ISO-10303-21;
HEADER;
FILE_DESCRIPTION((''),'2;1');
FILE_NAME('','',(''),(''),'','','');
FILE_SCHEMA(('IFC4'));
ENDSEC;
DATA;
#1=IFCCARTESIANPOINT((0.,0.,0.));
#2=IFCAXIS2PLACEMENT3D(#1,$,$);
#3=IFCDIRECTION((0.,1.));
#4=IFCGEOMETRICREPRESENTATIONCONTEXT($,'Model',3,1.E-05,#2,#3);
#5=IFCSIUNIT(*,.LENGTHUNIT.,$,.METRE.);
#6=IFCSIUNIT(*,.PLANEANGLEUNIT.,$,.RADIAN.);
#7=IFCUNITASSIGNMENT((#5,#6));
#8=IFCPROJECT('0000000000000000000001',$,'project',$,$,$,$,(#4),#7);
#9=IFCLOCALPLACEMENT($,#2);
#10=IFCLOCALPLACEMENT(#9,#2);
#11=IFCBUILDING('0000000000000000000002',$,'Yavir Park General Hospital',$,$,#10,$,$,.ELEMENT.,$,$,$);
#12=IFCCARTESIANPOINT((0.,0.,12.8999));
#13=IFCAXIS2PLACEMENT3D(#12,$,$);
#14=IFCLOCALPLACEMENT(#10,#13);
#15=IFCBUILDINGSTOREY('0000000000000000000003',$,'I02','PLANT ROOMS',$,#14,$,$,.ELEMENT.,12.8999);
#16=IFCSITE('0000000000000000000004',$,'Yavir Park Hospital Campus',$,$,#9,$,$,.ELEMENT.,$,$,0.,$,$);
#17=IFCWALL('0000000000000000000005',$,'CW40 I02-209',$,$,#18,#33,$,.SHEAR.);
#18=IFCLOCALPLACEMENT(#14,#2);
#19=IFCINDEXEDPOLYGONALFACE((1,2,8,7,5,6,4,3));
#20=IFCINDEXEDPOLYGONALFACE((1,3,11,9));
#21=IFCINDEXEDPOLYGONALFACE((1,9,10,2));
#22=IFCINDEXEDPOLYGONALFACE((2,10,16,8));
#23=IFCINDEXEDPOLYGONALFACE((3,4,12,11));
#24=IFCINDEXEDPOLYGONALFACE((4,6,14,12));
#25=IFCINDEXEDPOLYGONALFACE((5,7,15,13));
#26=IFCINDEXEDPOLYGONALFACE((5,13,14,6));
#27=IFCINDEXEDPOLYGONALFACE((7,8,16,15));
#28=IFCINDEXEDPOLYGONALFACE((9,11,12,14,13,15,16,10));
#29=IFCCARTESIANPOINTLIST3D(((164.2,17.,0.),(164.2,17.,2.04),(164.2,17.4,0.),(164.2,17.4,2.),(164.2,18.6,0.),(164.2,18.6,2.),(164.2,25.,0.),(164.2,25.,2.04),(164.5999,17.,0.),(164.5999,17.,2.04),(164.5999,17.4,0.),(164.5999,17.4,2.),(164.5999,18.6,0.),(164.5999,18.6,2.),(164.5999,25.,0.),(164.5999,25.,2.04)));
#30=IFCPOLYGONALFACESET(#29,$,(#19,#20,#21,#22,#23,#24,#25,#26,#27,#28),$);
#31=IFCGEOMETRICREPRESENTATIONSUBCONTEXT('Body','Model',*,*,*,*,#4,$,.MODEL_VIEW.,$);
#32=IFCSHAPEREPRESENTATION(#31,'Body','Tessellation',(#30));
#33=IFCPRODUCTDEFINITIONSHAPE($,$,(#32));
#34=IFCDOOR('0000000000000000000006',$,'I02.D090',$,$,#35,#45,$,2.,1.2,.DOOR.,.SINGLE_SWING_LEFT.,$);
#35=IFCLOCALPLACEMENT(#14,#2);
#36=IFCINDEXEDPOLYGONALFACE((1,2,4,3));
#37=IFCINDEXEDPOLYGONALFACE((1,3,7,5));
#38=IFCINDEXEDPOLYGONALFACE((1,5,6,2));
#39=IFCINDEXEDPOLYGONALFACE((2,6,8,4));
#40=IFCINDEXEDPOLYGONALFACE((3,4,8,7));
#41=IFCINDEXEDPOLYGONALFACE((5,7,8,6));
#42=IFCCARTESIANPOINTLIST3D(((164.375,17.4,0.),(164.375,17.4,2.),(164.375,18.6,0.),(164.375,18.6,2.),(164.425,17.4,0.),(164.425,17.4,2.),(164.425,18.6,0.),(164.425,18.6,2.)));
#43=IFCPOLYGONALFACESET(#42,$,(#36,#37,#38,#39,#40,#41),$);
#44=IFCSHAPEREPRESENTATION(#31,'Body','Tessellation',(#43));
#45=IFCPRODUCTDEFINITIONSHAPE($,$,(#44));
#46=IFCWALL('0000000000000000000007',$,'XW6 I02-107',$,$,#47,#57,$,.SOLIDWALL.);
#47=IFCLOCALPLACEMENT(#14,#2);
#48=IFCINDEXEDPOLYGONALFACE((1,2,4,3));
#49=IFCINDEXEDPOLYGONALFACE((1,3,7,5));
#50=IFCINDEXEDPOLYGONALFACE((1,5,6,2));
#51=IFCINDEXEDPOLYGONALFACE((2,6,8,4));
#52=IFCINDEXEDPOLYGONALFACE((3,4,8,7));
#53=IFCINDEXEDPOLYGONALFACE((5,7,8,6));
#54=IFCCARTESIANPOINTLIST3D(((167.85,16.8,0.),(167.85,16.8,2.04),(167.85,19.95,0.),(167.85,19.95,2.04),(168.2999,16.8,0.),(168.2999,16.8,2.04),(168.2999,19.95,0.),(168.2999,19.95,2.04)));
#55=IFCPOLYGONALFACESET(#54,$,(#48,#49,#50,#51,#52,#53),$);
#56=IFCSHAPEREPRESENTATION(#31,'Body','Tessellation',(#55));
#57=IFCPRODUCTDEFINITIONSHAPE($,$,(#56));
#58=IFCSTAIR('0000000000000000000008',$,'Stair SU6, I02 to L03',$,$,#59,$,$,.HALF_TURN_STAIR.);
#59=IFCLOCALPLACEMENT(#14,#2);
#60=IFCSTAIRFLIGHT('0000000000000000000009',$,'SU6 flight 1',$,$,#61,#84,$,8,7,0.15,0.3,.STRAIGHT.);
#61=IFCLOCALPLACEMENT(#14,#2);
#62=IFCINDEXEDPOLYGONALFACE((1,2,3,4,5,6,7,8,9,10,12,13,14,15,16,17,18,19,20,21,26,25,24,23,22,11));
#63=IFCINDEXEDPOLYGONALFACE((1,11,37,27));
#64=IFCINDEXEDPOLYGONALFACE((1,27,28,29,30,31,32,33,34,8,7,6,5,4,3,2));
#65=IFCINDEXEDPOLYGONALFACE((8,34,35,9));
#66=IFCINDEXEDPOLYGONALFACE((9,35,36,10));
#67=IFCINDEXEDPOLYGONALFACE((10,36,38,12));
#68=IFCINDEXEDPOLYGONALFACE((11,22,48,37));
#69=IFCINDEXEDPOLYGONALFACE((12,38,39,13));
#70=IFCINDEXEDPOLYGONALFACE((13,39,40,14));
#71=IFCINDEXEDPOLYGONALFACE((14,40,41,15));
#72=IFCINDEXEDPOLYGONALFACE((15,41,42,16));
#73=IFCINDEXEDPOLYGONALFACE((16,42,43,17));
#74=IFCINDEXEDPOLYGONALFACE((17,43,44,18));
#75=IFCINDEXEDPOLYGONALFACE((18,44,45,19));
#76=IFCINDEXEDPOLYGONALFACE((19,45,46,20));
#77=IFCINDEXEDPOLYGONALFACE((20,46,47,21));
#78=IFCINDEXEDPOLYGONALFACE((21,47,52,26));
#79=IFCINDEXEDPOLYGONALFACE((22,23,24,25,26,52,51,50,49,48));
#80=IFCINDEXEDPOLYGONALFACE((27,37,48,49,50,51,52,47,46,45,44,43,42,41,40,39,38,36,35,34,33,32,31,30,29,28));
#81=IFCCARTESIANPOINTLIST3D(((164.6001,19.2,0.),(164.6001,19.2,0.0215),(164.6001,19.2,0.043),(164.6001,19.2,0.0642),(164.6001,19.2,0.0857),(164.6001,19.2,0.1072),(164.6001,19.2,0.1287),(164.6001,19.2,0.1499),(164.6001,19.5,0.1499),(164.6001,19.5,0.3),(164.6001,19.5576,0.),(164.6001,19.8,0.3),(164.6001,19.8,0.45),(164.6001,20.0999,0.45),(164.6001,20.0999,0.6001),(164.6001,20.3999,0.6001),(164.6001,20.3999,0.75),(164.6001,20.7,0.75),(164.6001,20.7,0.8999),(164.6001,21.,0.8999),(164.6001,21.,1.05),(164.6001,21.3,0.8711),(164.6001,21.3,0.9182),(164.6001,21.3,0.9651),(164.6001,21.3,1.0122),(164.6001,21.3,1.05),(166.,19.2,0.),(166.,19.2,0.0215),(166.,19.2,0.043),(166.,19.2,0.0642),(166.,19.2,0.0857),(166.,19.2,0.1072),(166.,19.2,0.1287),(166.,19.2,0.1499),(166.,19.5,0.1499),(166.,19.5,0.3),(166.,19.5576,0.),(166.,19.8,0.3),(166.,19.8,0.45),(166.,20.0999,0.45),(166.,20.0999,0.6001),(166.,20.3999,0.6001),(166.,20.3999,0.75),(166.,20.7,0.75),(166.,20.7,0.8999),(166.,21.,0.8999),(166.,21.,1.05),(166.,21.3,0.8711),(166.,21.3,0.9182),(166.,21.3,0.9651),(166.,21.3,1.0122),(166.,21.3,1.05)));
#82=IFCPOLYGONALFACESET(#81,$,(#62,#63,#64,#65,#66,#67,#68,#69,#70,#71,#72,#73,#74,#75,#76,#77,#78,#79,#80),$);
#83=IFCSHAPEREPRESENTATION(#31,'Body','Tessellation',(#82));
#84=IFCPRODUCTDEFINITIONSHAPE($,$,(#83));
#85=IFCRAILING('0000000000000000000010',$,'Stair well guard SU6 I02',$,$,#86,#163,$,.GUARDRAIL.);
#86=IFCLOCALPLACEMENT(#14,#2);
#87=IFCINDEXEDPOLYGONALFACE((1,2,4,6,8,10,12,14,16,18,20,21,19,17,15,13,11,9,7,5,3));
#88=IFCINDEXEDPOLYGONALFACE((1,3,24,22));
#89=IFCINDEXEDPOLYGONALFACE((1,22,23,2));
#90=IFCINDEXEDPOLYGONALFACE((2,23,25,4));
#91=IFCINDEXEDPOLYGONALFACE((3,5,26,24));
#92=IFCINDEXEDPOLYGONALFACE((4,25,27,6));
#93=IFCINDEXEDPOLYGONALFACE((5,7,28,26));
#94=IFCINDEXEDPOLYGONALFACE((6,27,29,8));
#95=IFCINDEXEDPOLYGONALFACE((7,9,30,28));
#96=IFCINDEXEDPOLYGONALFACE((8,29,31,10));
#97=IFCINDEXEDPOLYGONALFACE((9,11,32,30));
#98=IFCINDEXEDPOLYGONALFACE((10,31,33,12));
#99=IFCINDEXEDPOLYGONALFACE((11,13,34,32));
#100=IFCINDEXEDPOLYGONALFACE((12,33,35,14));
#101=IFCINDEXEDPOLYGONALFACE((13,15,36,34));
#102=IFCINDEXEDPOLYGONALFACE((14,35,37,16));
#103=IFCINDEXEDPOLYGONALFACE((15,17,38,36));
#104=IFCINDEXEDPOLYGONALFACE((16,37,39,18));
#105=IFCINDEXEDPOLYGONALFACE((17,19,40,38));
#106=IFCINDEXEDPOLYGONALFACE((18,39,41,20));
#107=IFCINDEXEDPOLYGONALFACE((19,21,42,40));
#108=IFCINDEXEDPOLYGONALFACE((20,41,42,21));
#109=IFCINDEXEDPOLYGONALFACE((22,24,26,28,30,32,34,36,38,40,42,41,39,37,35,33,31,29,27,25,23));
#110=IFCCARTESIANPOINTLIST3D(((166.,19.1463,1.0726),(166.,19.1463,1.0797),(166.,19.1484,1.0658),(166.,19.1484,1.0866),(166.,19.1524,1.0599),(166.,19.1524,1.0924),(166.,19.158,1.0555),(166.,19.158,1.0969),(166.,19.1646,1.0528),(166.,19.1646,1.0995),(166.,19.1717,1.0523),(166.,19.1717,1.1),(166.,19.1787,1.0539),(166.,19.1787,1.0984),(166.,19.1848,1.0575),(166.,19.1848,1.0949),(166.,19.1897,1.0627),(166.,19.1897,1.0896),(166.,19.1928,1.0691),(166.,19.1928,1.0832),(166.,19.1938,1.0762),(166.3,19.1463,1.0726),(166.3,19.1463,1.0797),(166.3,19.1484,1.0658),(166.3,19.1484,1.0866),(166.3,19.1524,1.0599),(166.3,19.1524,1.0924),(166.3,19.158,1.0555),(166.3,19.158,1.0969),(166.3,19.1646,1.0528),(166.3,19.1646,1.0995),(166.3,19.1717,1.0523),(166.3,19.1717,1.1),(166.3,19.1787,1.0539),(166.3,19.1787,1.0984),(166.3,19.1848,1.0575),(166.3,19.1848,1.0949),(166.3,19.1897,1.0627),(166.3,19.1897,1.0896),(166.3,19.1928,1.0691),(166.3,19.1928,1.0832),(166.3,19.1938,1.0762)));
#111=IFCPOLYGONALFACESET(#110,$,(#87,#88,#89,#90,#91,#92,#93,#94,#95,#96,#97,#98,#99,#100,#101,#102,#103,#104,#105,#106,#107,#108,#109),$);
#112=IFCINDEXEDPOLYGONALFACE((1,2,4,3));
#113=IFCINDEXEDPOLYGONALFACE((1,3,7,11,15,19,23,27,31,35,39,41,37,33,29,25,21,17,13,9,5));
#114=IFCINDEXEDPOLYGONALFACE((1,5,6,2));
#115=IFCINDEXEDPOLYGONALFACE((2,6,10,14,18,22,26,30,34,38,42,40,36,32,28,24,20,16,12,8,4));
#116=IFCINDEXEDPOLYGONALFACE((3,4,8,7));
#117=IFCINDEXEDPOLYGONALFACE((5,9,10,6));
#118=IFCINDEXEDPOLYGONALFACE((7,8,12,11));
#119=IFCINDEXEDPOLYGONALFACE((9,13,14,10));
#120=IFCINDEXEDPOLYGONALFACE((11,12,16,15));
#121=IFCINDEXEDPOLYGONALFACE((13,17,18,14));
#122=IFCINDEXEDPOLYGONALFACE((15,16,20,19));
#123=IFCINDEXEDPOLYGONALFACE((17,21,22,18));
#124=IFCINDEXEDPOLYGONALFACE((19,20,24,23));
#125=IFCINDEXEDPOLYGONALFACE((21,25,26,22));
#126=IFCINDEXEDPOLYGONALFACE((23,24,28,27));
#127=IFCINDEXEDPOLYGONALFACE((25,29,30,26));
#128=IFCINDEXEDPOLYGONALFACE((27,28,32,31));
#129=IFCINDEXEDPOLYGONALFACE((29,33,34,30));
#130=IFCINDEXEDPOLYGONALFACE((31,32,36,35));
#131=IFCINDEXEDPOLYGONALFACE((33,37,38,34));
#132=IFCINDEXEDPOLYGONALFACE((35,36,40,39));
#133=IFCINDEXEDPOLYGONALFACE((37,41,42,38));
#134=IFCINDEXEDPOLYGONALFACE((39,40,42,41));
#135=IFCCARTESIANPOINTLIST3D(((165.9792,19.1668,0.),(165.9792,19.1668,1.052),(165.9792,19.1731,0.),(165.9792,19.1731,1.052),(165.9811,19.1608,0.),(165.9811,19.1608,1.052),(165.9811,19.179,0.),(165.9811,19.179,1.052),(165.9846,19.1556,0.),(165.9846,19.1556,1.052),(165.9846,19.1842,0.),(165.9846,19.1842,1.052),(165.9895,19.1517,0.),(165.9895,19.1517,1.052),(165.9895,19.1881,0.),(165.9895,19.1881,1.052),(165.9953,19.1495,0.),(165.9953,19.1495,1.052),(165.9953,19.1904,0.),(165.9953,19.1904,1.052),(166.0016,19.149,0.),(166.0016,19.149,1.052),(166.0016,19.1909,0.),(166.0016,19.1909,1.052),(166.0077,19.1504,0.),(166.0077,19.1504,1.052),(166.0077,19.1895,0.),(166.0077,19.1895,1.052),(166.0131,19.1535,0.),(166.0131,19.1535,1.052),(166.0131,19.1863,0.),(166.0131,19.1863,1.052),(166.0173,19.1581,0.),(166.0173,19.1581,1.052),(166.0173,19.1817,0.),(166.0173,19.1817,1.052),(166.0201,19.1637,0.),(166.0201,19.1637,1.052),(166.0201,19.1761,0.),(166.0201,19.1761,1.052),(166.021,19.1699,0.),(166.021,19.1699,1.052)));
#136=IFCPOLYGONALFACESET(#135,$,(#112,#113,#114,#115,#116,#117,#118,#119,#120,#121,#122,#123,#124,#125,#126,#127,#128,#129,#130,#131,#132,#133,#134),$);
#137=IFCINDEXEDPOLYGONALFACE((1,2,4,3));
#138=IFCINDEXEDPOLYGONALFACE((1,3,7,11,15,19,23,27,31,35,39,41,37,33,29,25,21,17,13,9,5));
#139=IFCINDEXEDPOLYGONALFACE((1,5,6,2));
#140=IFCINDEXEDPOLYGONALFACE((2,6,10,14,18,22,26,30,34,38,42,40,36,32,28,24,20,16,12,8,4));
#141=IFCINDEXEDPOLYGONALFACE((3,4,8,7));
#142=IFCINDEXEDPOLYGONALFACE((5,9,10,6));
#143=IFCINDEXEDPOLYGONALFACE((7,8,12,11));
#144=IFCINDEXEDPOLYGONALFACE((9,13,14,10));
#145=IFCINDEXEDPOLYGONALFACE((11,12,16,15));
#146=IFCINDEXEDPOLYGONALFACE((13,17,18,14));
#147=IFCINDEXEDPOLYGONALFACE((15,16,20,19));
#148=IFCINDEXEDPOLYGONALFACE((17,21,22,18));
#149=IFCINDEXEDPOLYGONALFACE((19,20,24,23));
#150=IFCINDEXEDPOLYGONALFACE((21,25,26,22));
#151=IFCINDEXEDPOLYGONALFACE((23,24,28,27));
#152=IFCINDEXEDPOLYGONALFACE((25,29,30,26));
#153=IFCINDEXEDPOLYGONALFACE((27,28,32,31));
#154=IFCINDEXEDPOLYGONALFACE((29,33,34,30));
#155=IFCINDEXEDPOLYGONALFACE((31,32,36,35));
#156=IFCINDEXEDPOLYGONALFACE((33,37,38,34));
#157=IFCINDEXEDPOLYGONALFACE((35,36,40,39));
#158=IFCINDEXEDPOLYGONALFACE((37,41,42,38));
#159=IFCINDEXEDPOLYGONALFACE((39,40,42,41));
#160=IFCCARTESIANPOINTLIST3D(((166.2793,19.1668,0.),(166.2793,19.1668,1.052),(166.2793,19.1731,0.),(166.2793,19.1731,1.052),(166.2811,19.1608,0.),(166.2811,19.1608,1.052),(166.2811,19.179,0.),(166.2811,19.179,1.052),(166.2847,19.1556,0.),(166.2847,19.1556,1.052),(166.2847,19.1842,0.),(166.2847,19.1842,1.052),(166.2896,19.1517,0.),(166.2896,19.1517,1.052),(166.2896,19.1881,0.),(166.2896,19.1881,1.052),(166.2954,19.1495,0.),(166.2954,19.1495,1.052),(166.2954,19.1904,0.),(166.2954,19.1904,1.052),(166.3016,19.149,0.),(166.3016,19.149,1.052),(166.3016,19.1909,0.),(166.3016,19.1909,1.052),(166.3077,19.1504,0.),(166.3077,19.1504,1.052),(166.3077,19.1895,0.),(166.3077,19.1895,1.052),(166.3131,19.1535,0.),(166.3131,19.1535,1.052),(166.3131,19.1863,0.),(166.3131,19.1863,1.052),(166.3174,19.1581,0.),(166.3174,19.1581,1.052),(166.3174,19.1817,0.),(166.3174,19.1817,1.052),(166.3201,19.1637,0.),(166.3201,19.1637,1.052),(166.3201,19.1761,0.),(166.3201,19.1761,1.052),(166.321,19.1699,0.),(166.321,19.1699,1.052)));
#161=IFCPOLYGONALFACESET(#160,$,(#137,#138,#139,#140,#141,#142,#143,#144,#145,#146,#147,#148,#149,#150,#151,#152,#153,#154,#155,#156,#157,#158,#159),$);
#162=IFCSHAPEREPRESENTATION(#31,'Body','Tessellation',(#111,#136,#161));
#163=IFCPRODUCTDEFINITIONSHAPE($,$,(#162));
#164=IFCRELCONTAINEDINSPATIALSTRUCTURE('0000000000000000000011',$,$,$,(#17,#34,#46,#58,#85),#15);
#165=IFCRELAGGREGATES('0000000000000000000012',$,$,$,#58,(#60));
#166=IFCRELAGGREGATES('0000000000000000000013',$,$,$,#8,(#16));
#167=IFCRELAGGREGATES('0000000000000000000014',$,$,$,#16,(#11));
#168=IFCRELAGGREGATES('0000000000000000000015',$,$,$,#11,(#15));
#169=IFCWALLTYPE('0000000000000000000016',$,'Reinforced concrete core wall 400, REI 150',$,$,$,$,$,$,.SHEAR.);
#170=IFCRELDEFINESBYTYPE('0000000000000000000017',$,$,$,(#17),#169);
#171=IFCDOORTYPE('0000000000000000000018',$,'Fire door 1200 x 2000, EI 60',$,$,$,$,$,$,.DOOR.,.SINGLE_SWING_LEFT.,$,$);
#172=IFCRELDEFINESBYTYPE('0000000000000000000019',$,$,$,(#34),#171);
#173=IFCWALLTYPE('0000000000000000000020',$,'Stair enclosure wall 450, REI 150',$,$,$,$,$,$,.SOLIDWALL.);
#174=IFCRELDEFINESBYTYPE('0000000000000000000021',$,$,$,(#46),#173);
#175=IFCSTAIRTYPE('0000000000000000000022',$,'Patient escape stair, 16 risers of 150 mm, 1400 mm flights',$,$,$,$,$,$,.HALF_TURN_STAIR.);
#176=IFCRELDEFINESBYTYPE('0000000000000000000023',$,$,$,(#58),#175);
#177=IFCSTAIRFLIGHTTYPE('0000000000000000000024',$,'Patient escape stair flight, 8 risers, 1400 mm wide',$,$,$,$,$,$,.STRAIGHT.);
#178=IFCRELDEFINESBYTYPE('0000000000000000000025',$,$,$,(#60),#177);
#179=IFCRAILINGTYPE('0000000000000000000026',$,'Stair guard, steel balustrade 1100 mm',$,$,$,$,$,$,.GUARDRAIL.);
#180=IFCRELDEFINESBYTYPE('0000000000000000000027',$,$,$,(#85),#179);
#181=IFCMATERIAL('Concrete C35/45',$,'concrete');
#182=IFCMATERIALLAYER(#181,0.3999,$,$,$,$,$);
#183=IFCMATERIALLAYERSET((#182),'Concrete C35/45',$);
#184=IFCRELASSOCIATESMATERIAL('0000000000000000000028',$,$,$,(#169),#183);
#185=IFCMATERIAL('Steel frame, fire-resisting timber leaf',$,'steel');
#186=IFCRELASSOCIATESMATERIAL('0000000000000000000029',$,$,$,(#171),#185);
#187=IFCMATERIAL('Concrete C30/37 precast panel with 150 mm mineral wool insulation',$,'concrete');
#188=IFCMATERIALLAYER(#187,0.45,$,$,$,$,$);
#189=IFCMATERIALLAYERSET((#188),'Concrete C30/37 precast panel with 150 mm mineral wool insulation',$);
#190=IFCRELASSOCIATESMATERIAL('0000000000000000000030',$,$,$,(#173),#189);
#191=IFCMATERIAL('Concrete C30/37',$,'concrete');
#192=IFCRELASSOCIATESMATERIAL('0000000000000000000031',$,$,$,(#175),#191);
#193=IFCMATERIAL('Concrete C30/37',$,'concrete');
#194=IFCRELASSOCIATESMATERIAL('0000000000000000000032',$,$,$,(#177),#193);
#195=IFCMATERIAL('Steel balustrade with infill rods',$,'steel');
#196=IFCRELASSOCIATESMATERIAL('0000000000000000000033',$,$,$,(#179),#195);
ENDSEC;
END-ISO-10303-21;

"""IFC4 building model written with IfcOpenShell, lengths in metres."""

from ifc_helpers import new_model, si_unit, direction, frame, frame_2d, origin, origin_2d, place, context, subcontext, project, spatial, polyline, rectangle, circle, outline, extrude, material, layer, layer_set, type_object, element, fill, aggregate, save


model = new_model("IFC4")

# Units and contexts
model_context = context("Model", 3, precision=1e-05, world=origin(), true_north=direction((0.0, 1.0)))
body_context = subcontext(model_context, "Body", "Model", "MODEL_VIEW")
ifc_project = project(units=[si_unit("LENGTHUNIT", "METRE"), si_unit("PLANEANGLEUNIT", "RADIAN")], contexts=[model_context])

# Site, building, storey
site_placement = place(None, origin())
site = spatial("IfcSite", under=ifc_project, at=site_placement, Name="Yavir Park Hospital Campus", CompositionType="ELEMENT", RefElevation=0.0)
building_placement = place(site_placement, origin())
building = spatial("IfcBuilding", under=site, at=building_placement, Name="Yavir Park General Hospital", CompositionType="ELEMENT")
storey_placement = place(building_placement, frame((0.0, 0.0, 12.8999)))
storey = spatial("IfcBuildingStorey", under=building, at=storey_placement, Name="I02", Description="PLANT ROOMS", CompositionType="ELEMENT", Elevation=12.8999)

# Shared definitions
ifc_material_1 = material(Name="Concrete C35/45", Category="concrete")
ifc_layer_1 = layer(ifc_material_1, 0.3999)
ifc_layer_set_1 = layer_set([ifc_layer_1], Name="Concrete C35/45")
wall_type_1 = type_object("IfcWallType", Name="Reinforced concrete core wall 400, REI 150", PredefinedType="SHEAR", material=ifc_layer_set_1)

# Wall, opening, door
wall_1_placement = place(storey_placement, frame((164.3999, 17.0, 0.0), z_axis=(0.0, 0.0, 1.0), x_axis=(0.0, 1.0, 0.0)))
wall_1 = element("IfcWall", 1, at=wall_1_placement, inside=storey, type_object=wall_type_1, Name="CW40 I02-209", PredefinedType="SHEAR", context=body_context, shape_type="SweptSolid", body=[
    extrude(rectangle(XDim=8.0, YDim=0.3999, at=frame_2d((4.0, 0.0))), origin(), (0.0, 0.0, 1.0), 2.04),
])
opening_1_placement = place(wall_1_placement, frame((0.3999, 0.0, 0.0)))
opening_1 = element("IfcOpeningElement", 2, at=opening_1_placement, cuts=wall_1, PredefinedType="OPENING", context=body_context, shape_type="SweptSolid", body=[
    extrude(rectangle(XDim=1.2, YDim=2.0, at=frame_2d((0.6001, 1.0))), frame((0.0, 0.21, 0.0), z_axis=(0.0, -1.0, 0.0), x_axis=(1.0, 0.0, 0.0)), (0.0, 0.0, 1.0), 0.4199),
])
ifc_material_2 = material(Name="Steel frame, fire-resisting timber leaf", Category="steel")
door_type_1 = type_object("IfcDoorType", Name="Fire door 1200 x 2000, EI 60", OperationType="SINGLE_SWING_LEFT", PredefinedType="DOOR", material=ifc_material_2)
door_1_placement = place(opening_1_placement, origin())
door_1 = element("IfcDoor", 3, at=door_1_placement, inside=storey, type_object=door_type_1, Name="I02.D090", OperationType="SINGLE_SWING_LEFT", OverallHeight=2.0, OverallWidth=1.2, PredefinedType="DOOR", context=body_context, shape_type="SweptSolid", body=[
    extrude(rectangle(XDim=1.2, YDim=2.0, at=frame_2d((0.6001, 1.0))), frame((0.0, 0.0249, 0.0), z_axis=(0.0, -1.0, 0.0), x_axis=(1.0, 0.0, 0.0)), (0.0, 0.0, 1.0), 0.05),
])
fill(opening_1, door_1)

# Wall
ifc_material_3 = material(Name="Concrete C30/37 precast panel with 150 mm mineral wool insulation", Category="concrete")
ifc_layer_2 = layer(ifc_material_3, 0.45)
ifc_layer_set_2 = layer_set([ifc_layer_2], Name="Concrete C30/37 precast panel with 150 mm mineral wool insulation")
wall_type_2 = type_object("IfcWallType", Name="Stair enclosure wall 450, REI 150", PredefinedType="SOLIDWALL", material=ifc_layer_set_2)
wall_2_placement = place(storey_placement, frame((168.075, 16.8, 0.0), z_axis=(0.0, 0.0, 1.0), x_axis=(0.0, 1.0, 0.0)))
element("IfcWall", 4, at=wall_2_placement, inside=storey, type_object=wall_type_2, Name="XW6 I02-107", PredefinedType="SOLIDWALL", context=body_context, shape_type="SweptSolid", body=[
    extrude(rectangle(XDim=3.1499, YDim=0.45, at=frame_2d((1.575, 0.0))), origin(), (0.0, 0.0, 1.0), 2.04),
])

# Stair, stair flight
ifc_material_4 = material(Name="Concrete C30/37", Category="concrete")
stair_type = type_object("IfcStairType", Name="Patient escape stair, 16 risers of 150 mm, 1400 mm flights", PredefinedType="HALF_TURN_STAIR", material=ifc_material_4)
stair_placement = place(storey_placement, origin())
stair = element("IfcStair", 5, at=stair_placement, inside=storey, type_object=stair_type, Name="Stair SU6, I02 to L03", PredefinedType="HALF_TURN_STAIR")
ifc_material_5 = material(Name="Concrete C30/37", Category="concrete")
stair_flight_type = type_object("IfcStairFlightType", Name="Patient escape stair flight, 8 risers, 1400 mm wide", PredefinedType="STRAIGHT", material=ifc_material_5)
stair_flight_placement = place(storey_placement, frame((165.3, 19.2, 0.0), z_axis=(0.0, 0.0, 1.0), x_axis=(0.0, 1.0, 0.0)))
stair_flight = element("IfcStairFlight", 6, at=stair_flight_placement, type_object=stair_flight_type, Name="SU6 flight 1", NumberOfRisers=8, NumberOfTreads=7, PredefinedType="STRAIGHT", RiserHeight=0.15, TreadLength=0.3, context=body_context, shape_type="SweptSolid", body=[
    extrude(outline(polyline([(0.0, 0.0), (0.0, 0.0215), (0.0, 0.043), (0.0, 0.0642), (0.0, 0.0857), (0.0, 0.1072), (0.0, 0.1287), (0.0, 0.1499), (0.3, 0.1499), (0.3, 0.3), (0.6001, 0.3), (0.6001, 0.45), (0.8999, 0.45), (0.8999, 0.6001), (1.2, 0.6001), (1.2, 0.75), (1.5, 0.75), (1.5, 0.8999), (1.8, 0.8999), (1.8, 1.05), (2.1001, 1.05), (2.1001, 1.2), (2.1001, 1.1531), (2.1001, 1.106), (2.1001, 1.0591), (2.1001, 1.0122), (2.1001, 0.9651), (2.1001, 0.9182), (2.1001, 0.8711), (0.3577, 0.0), (0.0, 0.0)])), frame((0.0, 0.7, 0.0), z_axis=(0.0, -1.0, 0.0), x_axis=(1.0, 0.0, 0.0)), (0.0, 0.0, 1.0), 1.3999),
])
aggregate(stair, [stair_flight])

# Railing
ifc_material_6 = material(Name="Steel balustrade with infill rods", Category="steel")
railing_type_1 = type_object("IfcRailingType", Name="Stair guard, steel balustrade 1100 mm", PredefinedType="GUARDRAIL", material=ifc_material_6)
railing_placement = place(storey_placement, frame((166.0, 19.1699, 0.0)))
element("IfcRailing", 7, at=railing_placement, inside=storey, type_object=railing_type_1, Name="Stair well guard SU6 I02", PredefinedType="GUARDRAIL", context=body_context, shape_type="SweptSolid", body=[
    extrude(circle(Radius=0.0239, at=origin_2d()), frame((0.0, 0.0, 1.0762), z_axis=(1.0, 0.0, 0.0), x_axis=(0.0, 1.0, 0.0)), (0.0, 0.0, 1.0), 0.3),
    extrude(circle(Radius=0.021, at=origin_2d()), origin(), (0.0, 0.0, 1.0), 1.052),
    extrude(circle(Radius=0.021, at=origin_2d()), frame((0.3, 0.0, 0.0)), (0.0, 0.0, 1.0), 1.052),
])

save(model, "model.ifc")
